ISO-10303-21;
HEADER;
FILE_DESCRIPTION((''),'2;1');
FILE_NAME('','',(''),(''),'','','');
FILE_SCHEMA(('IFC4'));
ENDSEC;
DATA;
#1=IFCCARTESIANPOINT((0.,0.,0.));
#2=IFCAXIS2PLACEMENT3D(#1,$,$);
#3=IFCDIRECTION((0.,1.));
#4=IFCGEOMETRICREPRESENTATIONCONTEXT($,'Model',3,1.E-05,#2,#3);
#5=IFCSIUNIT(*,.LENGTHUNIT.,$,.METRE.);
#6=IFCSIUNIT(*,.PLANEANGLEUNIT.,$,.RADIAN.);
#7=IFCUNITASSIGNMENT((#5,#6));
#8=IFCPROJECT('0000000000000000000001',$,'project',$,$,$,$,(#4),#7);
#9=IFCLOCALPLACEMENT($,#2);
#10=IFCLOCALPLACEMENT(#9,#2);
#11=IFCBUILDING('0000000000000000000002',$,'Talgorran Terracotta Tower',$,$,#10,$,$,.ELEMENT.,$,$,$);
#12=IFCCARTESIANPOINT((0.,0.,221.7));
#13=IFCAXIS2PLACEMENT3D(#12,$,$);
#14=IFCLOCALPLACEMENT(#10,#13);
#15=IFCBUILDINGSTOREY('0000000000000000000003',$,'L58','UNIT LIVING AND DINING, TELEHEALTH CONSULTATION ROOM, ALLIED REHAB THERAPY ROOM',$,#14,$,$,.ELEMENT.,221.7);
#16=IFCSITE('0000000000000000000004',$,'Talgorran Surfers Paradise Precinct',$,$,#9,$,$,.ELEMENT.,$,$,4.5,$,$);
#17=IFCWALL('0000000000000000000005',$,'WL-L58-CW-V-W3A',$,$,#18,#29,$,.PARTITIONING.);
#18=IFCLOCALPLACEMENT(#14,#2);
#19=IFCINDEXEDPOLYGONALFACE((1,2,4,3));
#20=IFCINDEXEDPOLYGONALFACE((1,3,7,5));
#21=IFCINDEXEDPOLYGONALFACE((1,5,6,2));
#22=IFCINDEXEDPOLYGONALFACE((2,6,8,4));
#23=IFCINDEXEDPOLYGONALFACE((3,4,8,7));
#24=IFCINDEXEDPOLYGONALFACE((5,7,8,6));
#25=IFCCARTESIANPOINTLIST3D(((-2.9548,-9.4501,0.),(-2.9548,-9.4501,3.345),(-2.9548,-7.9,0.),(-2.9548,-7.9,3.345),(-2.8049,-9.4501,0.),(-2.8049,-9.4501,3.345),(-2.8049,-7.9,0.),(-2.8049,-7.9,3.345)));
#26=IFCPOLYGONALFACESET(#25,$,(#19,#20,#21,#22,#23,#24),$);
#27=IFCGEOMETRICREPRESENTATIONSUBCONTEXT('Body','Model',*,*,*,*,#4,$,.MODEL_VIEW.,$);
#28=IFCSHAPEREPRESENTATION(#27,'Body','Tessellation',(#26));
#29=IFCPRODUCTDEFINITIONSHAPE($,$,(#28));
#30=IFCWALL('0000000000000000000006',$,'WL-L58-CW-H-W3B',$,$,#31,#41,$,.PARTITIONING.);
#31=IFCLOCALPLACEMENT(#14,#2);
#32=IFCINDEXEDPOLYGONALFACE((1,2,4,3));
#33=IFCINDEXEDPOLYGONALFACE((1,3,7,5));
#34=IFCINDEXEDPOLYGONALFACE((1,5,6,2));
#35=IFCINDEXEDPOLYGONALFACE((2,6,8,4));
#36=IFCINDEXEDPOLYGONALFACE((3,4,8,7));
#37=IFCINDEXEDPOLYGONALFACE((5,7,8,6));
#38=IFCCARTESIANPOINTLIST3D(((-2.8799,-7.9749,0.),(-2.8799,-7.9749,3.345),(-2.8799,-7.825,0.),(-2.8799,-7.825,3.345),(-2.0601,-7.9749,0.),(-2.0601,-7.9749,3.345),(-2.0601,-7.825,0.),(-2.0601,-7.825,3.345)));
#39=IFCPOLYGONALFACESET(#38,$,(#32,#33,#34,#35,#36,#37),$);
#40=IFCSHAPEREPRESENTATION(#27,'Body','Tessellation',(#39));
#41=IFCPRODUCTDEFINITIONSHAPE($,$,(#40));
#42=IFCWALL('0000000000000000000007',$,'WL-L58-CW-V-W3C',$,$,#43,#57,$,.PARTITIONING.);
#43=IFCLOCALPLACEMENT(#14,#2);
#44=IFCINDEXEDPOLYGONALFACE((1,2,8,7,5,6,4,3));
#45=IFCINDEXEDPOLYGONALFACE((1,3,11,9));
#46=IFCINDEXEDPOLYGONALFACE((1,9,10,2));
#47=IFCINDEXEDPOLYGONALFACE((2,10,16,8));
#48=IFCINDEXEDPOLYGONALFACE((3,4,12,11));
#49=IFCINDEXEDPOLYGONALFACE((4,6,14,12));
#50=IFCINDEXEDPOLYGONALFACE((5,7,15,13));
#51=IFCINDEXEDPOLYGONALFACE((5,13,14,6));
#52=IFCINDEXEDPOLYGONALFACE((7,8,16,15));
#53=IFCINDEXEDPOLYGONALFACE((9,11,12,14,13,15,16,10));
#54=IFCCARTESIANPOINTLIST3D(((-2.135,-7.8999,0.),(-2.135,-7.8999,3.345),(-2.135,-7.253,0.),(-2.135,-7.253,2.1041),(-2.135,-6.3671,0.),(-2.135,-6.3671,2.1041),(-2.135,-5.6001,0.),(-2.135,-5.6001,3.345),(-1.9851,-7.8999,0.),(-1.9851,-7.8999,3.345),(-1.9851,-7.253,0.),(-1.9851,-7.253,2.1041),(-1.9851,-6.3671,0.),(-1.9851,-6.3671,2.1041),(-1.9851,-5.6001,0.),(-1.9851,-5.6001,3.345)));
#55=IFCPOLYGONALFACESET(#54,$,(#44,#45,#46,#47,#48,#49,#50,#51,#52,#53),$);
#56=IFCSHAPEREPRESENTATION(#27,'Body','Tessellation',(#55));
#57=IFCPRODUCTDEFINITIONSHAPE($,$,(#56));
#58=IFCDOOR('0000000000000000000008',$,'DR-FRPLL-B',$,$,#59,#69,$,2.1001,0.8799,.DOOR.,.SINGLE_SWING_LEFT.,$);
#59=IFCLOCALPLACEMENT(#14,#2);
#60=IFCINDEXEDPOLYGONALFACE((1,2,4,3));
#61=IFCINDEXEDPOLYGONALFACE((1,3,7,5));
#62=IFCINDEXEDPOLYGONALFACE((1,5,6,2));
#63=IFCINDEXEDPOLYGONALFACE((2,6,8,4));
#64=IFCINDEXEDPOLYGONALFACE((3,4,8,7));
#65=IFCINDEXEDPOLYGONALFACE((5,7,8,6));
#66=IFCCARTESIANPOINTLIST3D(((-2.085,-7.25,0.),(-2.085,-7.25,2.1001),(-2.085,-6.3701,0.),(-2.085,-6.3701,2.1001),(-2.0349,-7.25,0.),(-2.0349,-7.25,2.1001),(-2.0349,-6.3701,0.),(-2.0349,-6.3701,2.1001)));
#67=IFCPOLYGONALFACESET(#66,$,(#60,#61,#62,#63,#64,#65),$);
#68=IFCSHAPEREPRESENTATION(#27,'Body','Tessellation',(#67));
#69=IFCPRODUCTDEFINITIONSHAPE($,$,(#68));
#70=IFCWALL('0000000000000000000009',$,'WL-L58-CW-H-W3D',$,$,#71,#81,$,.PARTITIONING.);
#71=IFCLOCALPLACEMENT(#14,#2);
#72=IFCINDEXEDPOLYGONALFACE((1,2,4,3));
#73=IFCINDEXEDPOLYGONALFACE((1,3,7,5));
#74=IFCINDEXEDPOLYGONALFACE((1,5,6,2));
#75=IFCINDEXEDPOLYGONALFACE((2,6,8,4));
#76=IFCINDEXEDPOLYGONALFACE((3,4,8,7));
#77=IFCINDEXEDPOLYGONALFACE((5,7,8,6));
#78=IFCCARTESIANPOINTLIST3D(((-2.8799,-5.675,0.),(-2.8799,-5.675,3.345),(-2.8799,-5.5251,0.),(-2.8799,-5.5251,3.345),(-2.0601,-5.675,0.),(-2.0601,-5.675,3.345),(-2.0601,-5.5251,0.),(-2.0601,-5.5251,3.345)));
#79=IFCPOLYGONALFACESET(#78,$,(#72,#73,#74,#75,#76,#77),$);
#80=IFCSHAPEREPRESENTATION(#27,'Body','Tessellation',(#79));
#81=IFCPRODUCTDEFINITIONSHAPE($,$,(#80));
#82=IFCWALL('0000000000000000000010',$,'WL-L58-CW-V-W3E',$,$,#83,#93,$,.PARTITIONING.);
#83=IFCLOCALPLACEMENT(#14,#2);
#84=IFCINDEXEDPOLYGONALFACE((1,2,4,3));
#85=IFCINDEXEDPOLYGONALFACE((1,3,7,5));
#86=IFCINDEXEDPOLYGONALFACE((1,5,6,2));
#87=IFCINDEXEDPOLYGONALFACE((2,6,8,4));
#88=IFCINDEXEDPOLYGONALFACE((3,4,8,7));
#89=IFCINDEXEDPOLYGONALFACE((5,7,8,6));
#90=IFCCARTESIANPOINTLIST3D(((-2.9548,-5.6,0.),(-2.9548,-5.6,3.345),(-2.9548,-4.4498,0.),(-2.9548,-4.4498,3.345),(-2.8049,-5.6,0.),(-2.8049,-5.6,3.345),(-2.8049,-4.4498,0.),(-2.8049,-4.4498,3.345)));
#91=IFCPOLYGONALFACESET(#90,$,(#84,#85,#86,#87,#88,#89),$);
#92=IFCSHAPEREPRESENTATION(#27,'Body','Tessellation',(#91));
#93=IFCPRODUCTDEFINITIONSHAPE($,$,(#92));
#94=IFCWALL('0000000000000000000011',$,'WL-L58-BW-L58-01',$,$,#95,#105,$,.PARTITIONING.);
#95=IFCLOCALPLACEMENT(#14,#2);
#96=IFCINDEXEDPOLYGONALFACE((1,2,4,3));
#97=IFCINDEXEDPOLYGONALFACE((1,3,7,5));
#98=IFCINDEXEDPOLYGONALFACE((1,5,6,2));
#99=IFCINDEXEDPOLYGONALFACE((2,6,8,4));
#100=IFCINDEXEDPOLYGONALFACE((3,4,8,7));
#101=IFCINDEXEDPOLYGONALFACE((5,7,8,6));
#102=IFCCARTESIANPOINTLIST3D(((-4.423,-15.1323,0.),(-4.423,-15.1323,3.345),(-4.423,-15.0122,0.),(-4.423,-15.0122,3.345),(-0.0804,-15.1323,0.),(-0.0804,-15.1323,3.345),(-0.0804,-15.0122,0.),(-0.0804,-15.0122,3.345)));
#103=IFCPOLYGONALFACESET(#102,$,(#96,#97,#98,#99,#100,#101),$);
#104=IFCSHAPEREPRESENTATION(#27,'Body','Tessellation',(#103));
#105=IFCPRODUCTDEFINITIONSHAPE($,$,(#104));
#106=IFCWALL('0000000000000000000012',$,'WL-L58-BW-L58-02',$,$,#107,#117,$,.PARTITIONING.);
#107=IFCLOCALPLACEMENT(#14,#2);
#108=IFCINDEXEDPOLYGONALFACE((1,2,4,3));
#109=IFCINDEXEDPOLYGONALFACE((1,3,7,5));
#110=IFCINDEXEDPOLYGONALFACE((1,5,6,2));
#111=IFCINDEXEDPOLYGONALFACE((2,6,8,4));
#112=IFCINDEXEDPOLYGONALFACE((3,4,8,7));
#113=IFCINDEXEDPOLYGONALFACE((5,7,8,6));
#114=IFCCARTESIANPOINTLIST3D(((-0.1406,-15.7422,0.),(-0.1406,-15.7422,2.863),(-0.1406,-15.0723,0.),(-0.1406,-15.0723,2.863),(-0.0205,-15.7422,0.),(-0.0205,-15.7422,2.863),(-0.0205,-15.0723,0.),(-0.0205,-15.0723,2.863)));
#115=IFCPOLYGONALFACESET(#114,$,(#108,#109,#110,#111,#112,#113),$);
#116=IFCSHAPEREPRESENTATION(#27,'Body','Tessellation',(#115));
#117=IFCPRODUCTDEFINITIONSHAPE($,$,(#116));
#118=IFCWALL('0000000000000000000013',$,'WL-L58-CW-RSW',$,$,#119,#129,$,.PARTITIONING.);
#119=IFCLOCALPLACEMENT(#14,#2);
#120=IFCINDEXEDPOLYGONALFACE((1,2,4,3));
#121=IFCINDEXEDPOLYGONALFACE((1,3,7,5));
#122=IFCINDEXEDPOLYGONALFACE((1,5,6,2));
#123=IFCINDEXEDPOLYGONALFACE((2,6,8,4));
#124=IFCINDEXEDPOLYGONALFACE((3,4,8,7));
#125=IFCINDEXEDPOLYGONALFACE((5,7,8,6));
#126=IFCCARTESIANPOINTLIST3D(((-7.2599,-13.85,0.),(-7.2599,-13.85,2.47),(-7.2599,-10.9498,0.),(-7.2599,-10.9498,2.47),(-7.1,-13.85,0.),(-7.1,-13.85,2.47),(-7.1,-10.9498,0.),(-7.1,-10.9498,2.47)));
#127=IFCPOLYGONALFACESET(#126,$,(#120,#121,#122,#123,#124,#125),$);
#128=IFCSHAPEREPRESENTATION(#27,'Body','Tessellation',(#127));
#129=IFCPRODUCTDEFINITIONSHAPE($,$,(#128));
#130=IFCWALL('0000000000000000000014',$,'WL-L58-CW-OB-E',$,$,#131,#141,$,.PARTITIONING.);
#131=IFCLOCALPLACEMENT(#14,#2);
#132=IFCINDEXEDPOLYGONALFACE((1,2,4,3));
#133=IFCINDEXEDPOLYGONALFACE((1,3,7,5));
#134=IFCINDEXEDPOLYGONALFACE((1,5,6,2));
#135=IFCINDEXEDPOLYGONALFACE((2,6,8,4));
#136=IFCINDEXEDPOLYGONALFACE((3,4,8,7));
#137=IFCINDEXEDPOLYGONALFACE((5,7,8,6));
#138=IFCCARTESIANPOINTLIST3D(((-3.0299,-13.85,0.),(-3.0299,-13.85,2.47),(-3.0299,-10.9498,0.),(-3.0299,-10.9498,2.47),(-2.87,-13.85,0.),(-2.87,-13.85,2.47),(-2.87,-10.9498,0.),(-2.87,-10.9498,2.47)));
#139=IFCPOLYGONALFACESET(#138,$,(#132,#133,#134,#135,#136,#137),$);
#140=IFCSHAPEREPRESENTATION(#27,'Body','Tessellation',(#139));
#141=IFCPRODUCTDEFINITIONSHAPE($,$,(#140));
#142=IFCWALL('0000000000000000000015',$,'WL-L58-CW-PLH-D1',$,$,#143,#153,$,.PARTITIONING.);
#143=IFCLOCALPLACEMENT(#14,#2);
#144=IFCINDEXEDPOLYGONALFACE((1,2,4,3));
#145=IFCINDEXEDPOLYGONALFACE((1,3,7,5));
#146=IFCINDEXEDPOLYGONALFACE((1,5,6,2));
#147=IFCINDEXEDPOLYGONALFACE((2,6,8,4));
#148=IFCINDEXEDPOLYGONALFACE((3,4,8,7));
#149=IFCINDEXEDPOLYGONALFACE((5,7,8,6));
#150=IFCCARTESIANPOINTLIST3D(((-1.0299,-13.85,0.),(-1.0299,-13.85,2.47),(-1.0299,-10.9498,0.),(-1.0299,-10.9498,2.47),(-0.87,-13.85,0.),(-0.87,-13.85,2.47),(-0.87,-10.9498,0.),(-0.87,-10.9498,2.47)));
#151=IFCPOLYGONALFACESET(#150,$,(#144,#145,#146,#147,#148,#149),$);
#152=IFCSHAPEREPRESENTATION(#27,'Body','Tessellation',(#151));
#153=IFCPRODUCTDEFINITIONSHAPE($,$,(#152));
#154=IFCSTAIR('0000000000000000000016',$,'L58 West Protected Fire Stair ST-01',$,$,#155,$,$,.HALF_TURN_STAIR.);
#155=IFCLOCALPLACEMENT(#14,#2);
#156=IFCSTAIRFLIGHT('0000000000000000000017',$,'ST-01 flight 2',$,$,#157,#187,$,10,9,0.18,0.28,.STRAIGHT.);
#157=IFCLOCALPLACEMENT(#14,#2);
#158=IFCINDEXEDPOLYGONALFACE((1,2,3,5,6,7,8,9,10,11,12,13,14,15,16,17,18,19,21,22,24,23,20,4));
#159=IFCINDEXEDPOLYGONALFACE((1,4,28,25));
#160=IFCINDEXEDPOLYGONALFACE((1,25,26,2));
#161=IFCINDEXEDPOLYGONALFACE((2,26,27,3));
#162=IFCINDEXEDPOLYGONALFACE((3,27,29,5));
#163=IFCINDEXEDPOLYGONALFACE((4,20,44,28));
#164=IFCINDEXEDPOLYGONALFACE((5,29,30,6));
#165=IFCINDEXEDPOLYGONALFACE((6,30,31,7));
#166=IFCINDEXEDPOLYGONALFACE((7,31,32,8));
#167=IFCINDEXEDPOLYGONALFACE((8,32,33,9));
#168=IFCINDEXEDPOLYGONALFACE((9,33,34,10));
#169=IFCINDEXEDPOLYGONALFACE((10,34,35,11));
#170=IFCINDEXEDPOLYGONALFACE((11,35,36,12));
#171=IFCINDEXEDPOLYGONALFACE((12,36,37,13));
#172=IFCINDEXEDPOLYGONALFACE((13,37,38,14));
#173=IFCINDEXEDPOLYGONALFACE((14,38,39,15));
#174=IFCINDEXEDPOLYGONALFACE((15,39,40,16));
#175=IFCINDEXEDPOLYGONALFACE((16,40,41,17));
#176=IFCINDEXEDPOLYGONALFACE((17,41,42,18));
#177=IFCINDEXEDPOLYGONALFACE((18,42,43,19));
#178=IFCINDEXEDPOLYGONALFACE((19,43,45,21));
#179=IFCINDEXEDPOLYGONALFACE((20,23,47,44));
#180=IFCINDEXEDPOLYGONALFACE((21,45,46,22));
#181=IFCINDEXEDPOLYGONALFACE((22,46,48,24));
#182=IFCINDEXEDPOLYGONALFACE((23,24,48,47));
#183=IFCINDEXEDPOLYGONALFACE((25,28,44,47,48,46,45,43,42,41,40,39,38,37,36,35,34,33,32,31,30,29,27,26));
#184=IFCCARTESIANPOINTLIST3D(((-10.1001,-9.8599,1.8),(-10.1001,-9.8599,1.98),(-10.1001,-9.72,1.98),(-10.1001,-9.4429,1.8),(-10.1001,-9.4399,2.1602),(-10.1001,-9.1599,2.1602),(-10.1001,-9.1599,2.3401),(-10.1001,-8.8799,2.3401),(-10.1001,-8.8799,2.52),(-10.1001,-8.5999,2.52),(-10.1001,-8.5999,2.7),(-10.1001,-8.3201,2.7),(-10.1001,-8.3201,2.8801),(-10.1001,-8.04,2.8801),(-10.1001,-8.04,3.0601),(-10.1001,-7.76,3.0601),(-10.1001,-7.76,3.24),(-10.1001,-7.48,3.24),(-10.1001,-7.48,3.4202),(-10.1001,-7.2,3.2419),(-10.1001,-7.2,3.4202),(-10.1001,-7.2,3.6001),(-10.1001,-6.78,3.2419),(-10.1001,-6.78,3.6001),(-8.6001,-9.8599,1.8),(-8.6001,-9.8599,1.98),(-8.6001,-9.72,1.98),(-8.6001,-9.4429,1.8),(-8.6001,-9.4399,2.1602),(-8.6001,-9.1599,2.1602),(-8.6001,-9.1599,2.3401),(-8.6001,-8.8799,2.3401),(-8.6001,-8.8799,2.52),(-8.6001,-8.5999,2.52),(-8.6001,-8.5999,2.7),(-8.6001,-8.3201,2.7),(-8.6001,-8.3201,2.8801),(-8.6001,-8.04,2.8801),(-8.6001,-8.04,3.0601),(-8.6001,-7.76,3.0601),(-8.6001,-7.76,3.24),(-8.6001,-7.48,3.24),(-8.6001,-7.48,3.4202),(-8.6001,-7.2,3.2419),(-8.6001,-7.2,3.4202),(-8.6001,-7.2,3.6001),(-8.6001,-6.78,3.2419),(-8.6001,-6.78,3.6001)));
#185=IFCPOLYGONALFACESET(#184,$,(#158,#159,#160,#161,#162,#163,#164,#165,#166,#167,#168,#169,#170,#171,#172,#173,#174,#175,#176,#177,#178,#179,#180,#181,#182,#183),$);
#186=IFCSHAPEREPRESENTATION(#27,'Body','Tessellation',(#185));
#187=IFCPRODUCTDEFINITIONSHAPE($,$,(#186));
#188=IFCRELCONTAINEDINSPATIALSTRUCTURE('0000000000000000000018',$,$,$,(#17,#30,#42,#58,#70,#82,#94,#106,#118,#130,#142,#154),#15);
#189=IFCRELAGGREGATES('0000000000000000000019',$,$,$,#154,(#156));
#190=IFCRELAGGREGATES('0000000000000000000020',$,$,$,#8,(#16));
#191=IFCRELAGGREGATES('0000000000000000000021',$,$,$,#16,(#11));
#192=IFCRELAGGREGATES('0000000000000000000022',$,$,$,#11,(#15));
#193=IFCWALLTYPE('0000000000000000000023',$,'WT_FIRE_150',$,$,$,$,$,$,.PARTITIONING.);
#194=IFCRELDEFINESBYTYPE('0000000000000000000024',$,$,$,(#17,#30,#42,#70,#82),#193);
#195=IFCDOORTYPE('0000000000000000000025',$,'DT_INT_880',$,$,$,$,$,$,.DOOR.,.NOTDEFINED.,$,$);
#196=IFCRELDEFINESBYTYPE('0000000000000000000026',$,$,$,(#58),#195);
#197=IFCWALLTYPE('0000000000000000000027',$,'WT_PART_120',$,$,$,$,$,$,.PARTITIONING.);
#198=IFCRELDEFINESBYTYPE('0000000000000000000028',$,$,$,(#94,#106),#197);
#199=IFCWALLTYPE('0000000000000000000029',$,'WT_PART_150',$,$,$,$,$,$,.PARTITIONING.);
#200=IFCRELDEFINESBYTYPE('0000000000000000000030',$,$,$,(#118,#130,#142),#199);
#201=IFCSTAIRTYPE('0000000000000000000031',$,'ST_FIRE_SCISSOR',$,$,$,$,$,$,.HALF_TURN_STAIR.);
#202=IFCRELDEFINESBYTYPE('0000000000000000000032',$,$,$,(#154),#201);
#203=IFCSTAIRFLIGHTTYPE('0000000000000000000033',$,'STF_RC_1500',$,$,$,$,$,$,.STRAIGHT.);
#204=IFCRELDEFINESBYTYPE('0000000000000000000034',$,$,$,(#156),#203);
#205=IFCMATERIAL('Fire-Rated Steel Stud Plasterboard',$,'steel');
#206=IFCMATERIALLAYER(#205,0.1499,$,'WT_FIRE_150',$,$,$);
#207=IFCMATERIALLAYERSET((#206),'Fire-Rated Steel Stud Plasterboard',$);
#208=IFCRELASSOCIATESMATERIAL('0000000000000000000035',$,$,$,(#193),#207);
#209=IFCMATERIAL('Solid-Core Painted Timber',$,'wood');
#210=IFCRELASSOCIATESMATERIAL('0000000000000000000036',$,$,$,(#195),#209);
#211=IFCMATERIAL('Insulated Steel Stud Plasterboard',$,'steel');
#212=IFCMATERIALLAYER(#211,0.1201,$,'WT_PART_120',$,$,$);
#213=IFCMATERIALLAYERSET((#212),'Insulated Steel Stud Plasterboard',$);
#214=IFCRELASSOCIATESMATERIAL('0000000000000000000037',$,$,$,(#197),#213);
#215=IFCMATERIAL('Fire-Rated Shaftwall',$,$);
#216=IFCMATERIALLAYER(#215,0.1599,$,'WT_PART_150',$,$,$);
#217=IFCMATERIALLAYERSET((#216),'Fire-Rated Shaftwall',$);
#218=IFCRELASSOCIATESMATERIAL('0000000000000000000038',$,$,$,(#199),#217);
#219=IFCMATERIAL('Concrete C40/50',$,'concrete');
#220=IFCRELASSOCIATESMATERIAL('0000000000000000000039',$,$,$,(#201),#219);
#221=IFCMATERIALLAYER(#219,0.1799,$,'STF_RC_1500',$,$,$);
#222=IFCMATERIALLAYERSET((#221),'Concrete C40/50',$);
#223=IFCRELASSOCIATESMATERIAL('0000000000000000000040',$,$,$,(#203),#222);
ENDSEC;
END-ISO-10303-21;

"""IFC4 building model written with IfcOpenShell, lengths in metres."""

from ifc_helpers import new_model, si_unit, direction, frame, frame_2d, origin, place, context, subcontext, project, spatial, polyline, rectangle, outline, extrude, material, layer, layer_set, type_object, element, fill, aggregate, save


model = new_model("IFC4")

# Units and contexts
model_context = context("Model", 3, precision=1e-05, world=origin(), true_north=direction((0.0, 1.0)))
body_context = subcontext(model_context, "Body", "Model", "MODEL_VIEW")
ifc_project = project(units=[si_unit("LENGTHUNIT", "METRE"), si_unit("PLANEANGLEUNIT", "RADIAN")], contexts=[model_context])

# Site, building, storey
site_placement = place(None, origin())
site = spatial("IfcSite", under=ifc_project, at=site_placement, Name="Talgorran Surfers Paradise Precinct", CompositionType="ELEMENT", RefElevation=4.5)
building_placement = place(site_placement, origin())
building = spatial("IfcBuilding", under=site, at=building_placement, Name="Talgorran Terracotta Tower", CompositionType="ELEMENT")
storey_placement = place(building_placement, frame((0.0, 0.0, 221.7)))
storey = spatial("IfcBuildingStorey", under=building, at=storey_placement, Name="L58", Description="UNIT LIVING AND DINING, TELEHEALTH CONSULTATION ROOM, ALLIED REHAB THERAPY ROOM", CompositionType="ELEMENT", Elevation=221.7)

# Walls
ifc_material_1 = material(Name="Fire-Rated Steel Stud Plasterboard", Category="steel")
ifc_layer_1 = layer(ifc_material_1, 0.1499, Name="WT_FIRE_150")
ifc_layer_set_1 = layer_set([ifc_layer_1], Name="Fire-Rated Steel Stud Plasterboard")
wall_type_1 = type_object("IfcWallType", Name="WT_FIRE_150", PredefinedType="PARTITIONING", material=ifc_layer_set_1)
wall_1_placement = place(storey_placement, frame((-2.8799, -9.45, 0.0), z_axis=(0.0, 0.0, 1.0), x_axis=(0.0, 1.0, 0.0)))
element("IfcWall", 1, at=wall_1_placement, inside=storey, type_object=wall_type_1, Name="WL-L58-CW-V-W3A", PredefinedType="PARTITIONING", context=body_context, shape_type="SweptSolid", body=[
    extrude(rectangle(XDim=1.55, YDim=0.1499, at=frame_2d((0.7749, 0.0))), origin(), (0.0, 0.0, 1.0), 3.345),
])
wall_2_placement = place(storey_placement, frame((-2.8799, -7.8999, 0.0), z_axis=(0.0, 0.0, 1.0), x_axis=(1.0, 0.0, 0.0)))
element("IfcWall", 2, at=wall_2_placement, inside=storey, type_object=wall_type_1, Name="WL-L58-CW-H-W3B", PredefinedType="PARTITIONING", context=body_context, shape_type="SweptSolid", body=[
    extrude(rectangle(XDim=0.8198, YDim=0.1499, at=frame_2d((0.4099, 0.0))), origin(), (0.0, 0.0, 1.0), 3.345),
])

# Wall, opening, door
wall_3_placement = place(storey_placement, frame((-2.0601, -7.8999, 0.0), z_axis=(0.0, 0.0, 1.0), x_axis=(0.0, 1.0, 0.0)))
wall_3 = element("IfcWall", 3, at=wall_3_placement, inside=storey, type_object=wall_type_1, Name="WL-L58-CW-V-W3C", PredefinedType="PARTITIONING", context=body_context, shape_type="SweptSolid", body=[
    extrude(rectangle(XDim=2.2998, YDim=0.1499, at=frame_2d((1.1499, 0.0))), origin(), (0.0, 0.0, 1.0), 3.345),
])
opening_1_placement = place(wall_3_placement, frame((0.6499, 0.0, 0.0)))
opening_1 = element("IfcOpeningElement", 4, at=opening_1_placement, cuts=wall_3, PredefinedType="OPENING", context=body_context, shape_type="SweptSolid", body=[
    extrude(rectangle(XDim=0.8859, YDim=2.1041, at=frame_2d((0.4399, 1.052))), frame((0.0, 0.085, 0.0), z_axis=(0.0, -1.0, 0.0), x_axis=(1.0, 0.0, 0.0)), (0.0, 0.0, 1.0), 0.1699),
])
ifc_material_2 = material(Name="Solid-Core Painted Timber", Category="wood")
door_type_1 = type_object("IfcDoorType", Name="DT_INT_880", OperationType="NOTDEFINED", PredefinedType="DOOR", material=ifc_material_2)
door_1_placement = place(opening_1_placement, origin())
door_1 = element("IfcDoor", 5, at=door_1_placement, inside=storey, type_object=door_type_1, Name="DR-FRPLL-B", OperationType="SINGLE_SWING_LEFT", OverallHeight=2.1001, OverallWidth=0.8799, PredefinedType="DOOR", context=body_context, shape_type="SweptSolid", body=[
    extrude(rectangle(XDim=0.8799, YDim=2.1001, at=frame_2d((0.4399, 1.05))), frame((0.0, 0.0249, 0.0), z_axis=(0.0, -1.0, 0.0), x_axis=(1.0, 0.0, 0.0)), (0.0, 0.0, 1.0), 0.05),
])
fill(opening_1, door_1)

# Walls
wall_4_placement = place(storey_placement, frame((-2.8799, -5.6001, 0.0), z_axis=(0.0, 0.0, 1.0), x_axis=(1.0, 0.0, 0.0)))
element("IfcWall", 6, at=wall_4_placement, inside=storey, type_object=wall_type_1, Name="WL-L58-CW-H-W3D", PredefinedType="PARTITIONING", context=body_context, shape_type="SweptSolid", body=[
    extrude(rectangle(XDim=0.8198, YDim=0.1499, at=frame_2d((0.4099, 0.0))), origin(), (0.0, 0.0, 1.0), 3.345),
])
wall_5_placement = place(storey_placement, frame((-2.8799, -5.6001, 0.0), z_axis=(0.0, 0.0, 1.0), x_axis=(0.0, 1.0, 0.0)))
element("IfcWall", 7, at=wall_5_placement, inside=storey, type_object=wall_type_1, Name="WL-L58-CW-V-W3E", PredefinedType="PARTITIONING", context=body_context, shape_type="SweptSolid", body=[
    extrude(rectangle(XDim=1.1501, YDim=0.1499, at=frame_2d((0.5752, 0.0))), origin(), (0.0, 0.0, 1.0), 3.345),
])
ifc_material_3 = material(Name="Insulated Steel Stud Plasterboard", Category="steel")
ifc_layer_2 = layer(ifc_material_3, 0.1201, Name="WT_PART_120")
ifc_layer_set_2 = layer_set([ifc_layer_2], Name="Insulated Steel Stud Plasterboard")
wall_type_2 = type_object("IfcWallType", Name="WT_PART_120", PredefinedType="PARTITIONING", material=ifc_layer_set_2)
wall_6_placement = place(storey_placement, frame((-4.4231, -15.0723, 0.0), z_axis=(0.0, 0.0, 1.0), x_axis=(1.0, 0.0, 0.0)))
element("IfcWall", 8, at=wall_6_placement, inside=storey, type_object=wall_type_2, Name="WL-L58-BW-L58-01", PredefinedType="PARTITIONING", context=body_context, shape_type="SweptSolid", body=[
    extrude(rectangle(XDim=4.3425, YDim=0.1201, at=frame_2d((2.1714, 0.0))), origin(), (0.0, 0.0, 1.0), 3.345),
])
wall_7_placement = place(storey_placement, frame((-0.0806, -15.0723, 0.0), z_axis=(0.0, 0.0, 1.0), x_axis=(0.0, -1.0, 0.0)))
element("IfcWall", 9, at=wall_7_placement, inside=storey, type_object=wall_type_2, Name="WL-L58-BW-L58-02", PredefinedType="PARTITIONING", context=body_context, shape_type="SweptSolid", body=[
    extrude(rectangle(XDim=0.6699, YDim=0.1201, at=frame_2d((0.335, 0.0))), origin(), (0.0, 0.0, 1.0), 2.863),
])
ifc_material_4 = material(Name="Fire-Rated Shaftwall")
ifc_layer_3 = layer(ifc_material_4, 0.1599, Name="WT_PART_150")
ifc_layer_set_3 = layer_set([ifc_layer_3], Name="Fire-Rated Shaftwall")
wall_type_3 = type_object("IfcWallType", Name="WT_PART_150", PredefinedType="PARTITIONING", material=ifc_layer_set_3)
for number, where, z_axis, x_axis, name in (
    (10, (-7.1799, -13.8501, 0.0), (0.0, 0.0, 1.0), (0.0, 1.0, 0.0), "WL-L58-CW-RSW"),
    (11, (-2.95, -13.8501, 0.0), (0.0, 0.0, 1.0), (0.0, 1.0, 0.0), "WL-L58-CW-OB-E"),
    (12, (-0.95, -13.8501, 0.0), (0.0, 0.0, 1.0), (0.0, 1.0, 0.0), "WL-L58-CW-PLH-D1"),
):
    element("IfcWall", number, at=place(storey_placement, frame(where, z_axis=z_axis, x_axis=x_axis)), inside=storey, type_object=wall_type_3, Name=name, PredefinedType="PARTITIONING", context=body_context, shape_type="SweptSolid", body=[
        extrude(rectangle(XDim=2.9001, YDim=0.1599, at=frame_2d((1.4502, 0.0))), origin(), (0.0, 0.0, 1.0), 2.47),
    ])

# Stair, stair flight
ifc_material_5 = material(Name="Concrete C40/50", Category="concrete")
stair_type = type_object("IfcStairType", Name="ST_FIRE_SCISSOR", PredefinedType="HALF_TURN_STAIR", material=ifc_material_5)
stair_placement = place(storey_placement, origin())
stair = element("IfcStair", 13, at=stair_placement, inside=storey, type_object=stair_type, Name="L58 West Protected Fire Stair ST-01", PredefinedType="HALF_TURN_STAIR")
ifc_layer_4 = layer(ifc_material_5, 0.1799, Name="STF_RC_1500")
ifc_layer_set_4 = layer_set([ifc_layer_4], Name="Concrete C40/50")
stair_flight_type = type_object("IfcStairFlightType", Name="STF_RC_1500", PredefinedType="STRAIGHT", material=ifc_layer_set_4)
stair_flight_placement = place(storey_placement, frame((-9.3501, -9.72, 1.8), z_axis=(0.0, 0.0, 1.0), x_axis=(0.0, 1.0, 0.0)))
stair_flight = element("IfcStairFlight", 14, at=stair_flight_placement, type_object=stair_flight_type, Name="ST-01 flight 2", NumberOfRisers=10, NumberOfTreads=9, PredefinedType="STRAIGHT", RiserHeight=0.18, TreadLength=0.28, context=body_context, shape_type="SweptSolid", body=[
    extrude(outline(polyline([(-0.1399, 0.0), (-0.1399, 0.1799), (0.0, 0.1799), (0.28, 0.3601), (0.5601, 0.3601), (0.5601, 0.54), (0.8401, 0.54), (0.8401, 0.72), (1.1201, 0.72), (1.1201, 0.8999), (1.3999, 0.8999), (1.3999, 1.0801), (1.6799, 1.0801), (1.6799, 1.26), (1.96, 1.26), (1.96, 1.4399), (2.24, 1.4399), (2.24, 1.6201), (2.52, 1.6201), (2.52, 1.8), (2.9399, 1.8), (2.9399, 1.4419), (2.52, 1.4419), (0.2771, 0.0), (-0.1399, 0.0)])), frame((0.0, 0.75, 0.0), z_axis=(0.0, -1.0, 0.0), x_axis=(1.0, 0.0, 0.0)), (0.0, 0.0, 1.0), 1.5),
])
aggregate(stair, [stair_flight])

save(model, "model.ifc")
